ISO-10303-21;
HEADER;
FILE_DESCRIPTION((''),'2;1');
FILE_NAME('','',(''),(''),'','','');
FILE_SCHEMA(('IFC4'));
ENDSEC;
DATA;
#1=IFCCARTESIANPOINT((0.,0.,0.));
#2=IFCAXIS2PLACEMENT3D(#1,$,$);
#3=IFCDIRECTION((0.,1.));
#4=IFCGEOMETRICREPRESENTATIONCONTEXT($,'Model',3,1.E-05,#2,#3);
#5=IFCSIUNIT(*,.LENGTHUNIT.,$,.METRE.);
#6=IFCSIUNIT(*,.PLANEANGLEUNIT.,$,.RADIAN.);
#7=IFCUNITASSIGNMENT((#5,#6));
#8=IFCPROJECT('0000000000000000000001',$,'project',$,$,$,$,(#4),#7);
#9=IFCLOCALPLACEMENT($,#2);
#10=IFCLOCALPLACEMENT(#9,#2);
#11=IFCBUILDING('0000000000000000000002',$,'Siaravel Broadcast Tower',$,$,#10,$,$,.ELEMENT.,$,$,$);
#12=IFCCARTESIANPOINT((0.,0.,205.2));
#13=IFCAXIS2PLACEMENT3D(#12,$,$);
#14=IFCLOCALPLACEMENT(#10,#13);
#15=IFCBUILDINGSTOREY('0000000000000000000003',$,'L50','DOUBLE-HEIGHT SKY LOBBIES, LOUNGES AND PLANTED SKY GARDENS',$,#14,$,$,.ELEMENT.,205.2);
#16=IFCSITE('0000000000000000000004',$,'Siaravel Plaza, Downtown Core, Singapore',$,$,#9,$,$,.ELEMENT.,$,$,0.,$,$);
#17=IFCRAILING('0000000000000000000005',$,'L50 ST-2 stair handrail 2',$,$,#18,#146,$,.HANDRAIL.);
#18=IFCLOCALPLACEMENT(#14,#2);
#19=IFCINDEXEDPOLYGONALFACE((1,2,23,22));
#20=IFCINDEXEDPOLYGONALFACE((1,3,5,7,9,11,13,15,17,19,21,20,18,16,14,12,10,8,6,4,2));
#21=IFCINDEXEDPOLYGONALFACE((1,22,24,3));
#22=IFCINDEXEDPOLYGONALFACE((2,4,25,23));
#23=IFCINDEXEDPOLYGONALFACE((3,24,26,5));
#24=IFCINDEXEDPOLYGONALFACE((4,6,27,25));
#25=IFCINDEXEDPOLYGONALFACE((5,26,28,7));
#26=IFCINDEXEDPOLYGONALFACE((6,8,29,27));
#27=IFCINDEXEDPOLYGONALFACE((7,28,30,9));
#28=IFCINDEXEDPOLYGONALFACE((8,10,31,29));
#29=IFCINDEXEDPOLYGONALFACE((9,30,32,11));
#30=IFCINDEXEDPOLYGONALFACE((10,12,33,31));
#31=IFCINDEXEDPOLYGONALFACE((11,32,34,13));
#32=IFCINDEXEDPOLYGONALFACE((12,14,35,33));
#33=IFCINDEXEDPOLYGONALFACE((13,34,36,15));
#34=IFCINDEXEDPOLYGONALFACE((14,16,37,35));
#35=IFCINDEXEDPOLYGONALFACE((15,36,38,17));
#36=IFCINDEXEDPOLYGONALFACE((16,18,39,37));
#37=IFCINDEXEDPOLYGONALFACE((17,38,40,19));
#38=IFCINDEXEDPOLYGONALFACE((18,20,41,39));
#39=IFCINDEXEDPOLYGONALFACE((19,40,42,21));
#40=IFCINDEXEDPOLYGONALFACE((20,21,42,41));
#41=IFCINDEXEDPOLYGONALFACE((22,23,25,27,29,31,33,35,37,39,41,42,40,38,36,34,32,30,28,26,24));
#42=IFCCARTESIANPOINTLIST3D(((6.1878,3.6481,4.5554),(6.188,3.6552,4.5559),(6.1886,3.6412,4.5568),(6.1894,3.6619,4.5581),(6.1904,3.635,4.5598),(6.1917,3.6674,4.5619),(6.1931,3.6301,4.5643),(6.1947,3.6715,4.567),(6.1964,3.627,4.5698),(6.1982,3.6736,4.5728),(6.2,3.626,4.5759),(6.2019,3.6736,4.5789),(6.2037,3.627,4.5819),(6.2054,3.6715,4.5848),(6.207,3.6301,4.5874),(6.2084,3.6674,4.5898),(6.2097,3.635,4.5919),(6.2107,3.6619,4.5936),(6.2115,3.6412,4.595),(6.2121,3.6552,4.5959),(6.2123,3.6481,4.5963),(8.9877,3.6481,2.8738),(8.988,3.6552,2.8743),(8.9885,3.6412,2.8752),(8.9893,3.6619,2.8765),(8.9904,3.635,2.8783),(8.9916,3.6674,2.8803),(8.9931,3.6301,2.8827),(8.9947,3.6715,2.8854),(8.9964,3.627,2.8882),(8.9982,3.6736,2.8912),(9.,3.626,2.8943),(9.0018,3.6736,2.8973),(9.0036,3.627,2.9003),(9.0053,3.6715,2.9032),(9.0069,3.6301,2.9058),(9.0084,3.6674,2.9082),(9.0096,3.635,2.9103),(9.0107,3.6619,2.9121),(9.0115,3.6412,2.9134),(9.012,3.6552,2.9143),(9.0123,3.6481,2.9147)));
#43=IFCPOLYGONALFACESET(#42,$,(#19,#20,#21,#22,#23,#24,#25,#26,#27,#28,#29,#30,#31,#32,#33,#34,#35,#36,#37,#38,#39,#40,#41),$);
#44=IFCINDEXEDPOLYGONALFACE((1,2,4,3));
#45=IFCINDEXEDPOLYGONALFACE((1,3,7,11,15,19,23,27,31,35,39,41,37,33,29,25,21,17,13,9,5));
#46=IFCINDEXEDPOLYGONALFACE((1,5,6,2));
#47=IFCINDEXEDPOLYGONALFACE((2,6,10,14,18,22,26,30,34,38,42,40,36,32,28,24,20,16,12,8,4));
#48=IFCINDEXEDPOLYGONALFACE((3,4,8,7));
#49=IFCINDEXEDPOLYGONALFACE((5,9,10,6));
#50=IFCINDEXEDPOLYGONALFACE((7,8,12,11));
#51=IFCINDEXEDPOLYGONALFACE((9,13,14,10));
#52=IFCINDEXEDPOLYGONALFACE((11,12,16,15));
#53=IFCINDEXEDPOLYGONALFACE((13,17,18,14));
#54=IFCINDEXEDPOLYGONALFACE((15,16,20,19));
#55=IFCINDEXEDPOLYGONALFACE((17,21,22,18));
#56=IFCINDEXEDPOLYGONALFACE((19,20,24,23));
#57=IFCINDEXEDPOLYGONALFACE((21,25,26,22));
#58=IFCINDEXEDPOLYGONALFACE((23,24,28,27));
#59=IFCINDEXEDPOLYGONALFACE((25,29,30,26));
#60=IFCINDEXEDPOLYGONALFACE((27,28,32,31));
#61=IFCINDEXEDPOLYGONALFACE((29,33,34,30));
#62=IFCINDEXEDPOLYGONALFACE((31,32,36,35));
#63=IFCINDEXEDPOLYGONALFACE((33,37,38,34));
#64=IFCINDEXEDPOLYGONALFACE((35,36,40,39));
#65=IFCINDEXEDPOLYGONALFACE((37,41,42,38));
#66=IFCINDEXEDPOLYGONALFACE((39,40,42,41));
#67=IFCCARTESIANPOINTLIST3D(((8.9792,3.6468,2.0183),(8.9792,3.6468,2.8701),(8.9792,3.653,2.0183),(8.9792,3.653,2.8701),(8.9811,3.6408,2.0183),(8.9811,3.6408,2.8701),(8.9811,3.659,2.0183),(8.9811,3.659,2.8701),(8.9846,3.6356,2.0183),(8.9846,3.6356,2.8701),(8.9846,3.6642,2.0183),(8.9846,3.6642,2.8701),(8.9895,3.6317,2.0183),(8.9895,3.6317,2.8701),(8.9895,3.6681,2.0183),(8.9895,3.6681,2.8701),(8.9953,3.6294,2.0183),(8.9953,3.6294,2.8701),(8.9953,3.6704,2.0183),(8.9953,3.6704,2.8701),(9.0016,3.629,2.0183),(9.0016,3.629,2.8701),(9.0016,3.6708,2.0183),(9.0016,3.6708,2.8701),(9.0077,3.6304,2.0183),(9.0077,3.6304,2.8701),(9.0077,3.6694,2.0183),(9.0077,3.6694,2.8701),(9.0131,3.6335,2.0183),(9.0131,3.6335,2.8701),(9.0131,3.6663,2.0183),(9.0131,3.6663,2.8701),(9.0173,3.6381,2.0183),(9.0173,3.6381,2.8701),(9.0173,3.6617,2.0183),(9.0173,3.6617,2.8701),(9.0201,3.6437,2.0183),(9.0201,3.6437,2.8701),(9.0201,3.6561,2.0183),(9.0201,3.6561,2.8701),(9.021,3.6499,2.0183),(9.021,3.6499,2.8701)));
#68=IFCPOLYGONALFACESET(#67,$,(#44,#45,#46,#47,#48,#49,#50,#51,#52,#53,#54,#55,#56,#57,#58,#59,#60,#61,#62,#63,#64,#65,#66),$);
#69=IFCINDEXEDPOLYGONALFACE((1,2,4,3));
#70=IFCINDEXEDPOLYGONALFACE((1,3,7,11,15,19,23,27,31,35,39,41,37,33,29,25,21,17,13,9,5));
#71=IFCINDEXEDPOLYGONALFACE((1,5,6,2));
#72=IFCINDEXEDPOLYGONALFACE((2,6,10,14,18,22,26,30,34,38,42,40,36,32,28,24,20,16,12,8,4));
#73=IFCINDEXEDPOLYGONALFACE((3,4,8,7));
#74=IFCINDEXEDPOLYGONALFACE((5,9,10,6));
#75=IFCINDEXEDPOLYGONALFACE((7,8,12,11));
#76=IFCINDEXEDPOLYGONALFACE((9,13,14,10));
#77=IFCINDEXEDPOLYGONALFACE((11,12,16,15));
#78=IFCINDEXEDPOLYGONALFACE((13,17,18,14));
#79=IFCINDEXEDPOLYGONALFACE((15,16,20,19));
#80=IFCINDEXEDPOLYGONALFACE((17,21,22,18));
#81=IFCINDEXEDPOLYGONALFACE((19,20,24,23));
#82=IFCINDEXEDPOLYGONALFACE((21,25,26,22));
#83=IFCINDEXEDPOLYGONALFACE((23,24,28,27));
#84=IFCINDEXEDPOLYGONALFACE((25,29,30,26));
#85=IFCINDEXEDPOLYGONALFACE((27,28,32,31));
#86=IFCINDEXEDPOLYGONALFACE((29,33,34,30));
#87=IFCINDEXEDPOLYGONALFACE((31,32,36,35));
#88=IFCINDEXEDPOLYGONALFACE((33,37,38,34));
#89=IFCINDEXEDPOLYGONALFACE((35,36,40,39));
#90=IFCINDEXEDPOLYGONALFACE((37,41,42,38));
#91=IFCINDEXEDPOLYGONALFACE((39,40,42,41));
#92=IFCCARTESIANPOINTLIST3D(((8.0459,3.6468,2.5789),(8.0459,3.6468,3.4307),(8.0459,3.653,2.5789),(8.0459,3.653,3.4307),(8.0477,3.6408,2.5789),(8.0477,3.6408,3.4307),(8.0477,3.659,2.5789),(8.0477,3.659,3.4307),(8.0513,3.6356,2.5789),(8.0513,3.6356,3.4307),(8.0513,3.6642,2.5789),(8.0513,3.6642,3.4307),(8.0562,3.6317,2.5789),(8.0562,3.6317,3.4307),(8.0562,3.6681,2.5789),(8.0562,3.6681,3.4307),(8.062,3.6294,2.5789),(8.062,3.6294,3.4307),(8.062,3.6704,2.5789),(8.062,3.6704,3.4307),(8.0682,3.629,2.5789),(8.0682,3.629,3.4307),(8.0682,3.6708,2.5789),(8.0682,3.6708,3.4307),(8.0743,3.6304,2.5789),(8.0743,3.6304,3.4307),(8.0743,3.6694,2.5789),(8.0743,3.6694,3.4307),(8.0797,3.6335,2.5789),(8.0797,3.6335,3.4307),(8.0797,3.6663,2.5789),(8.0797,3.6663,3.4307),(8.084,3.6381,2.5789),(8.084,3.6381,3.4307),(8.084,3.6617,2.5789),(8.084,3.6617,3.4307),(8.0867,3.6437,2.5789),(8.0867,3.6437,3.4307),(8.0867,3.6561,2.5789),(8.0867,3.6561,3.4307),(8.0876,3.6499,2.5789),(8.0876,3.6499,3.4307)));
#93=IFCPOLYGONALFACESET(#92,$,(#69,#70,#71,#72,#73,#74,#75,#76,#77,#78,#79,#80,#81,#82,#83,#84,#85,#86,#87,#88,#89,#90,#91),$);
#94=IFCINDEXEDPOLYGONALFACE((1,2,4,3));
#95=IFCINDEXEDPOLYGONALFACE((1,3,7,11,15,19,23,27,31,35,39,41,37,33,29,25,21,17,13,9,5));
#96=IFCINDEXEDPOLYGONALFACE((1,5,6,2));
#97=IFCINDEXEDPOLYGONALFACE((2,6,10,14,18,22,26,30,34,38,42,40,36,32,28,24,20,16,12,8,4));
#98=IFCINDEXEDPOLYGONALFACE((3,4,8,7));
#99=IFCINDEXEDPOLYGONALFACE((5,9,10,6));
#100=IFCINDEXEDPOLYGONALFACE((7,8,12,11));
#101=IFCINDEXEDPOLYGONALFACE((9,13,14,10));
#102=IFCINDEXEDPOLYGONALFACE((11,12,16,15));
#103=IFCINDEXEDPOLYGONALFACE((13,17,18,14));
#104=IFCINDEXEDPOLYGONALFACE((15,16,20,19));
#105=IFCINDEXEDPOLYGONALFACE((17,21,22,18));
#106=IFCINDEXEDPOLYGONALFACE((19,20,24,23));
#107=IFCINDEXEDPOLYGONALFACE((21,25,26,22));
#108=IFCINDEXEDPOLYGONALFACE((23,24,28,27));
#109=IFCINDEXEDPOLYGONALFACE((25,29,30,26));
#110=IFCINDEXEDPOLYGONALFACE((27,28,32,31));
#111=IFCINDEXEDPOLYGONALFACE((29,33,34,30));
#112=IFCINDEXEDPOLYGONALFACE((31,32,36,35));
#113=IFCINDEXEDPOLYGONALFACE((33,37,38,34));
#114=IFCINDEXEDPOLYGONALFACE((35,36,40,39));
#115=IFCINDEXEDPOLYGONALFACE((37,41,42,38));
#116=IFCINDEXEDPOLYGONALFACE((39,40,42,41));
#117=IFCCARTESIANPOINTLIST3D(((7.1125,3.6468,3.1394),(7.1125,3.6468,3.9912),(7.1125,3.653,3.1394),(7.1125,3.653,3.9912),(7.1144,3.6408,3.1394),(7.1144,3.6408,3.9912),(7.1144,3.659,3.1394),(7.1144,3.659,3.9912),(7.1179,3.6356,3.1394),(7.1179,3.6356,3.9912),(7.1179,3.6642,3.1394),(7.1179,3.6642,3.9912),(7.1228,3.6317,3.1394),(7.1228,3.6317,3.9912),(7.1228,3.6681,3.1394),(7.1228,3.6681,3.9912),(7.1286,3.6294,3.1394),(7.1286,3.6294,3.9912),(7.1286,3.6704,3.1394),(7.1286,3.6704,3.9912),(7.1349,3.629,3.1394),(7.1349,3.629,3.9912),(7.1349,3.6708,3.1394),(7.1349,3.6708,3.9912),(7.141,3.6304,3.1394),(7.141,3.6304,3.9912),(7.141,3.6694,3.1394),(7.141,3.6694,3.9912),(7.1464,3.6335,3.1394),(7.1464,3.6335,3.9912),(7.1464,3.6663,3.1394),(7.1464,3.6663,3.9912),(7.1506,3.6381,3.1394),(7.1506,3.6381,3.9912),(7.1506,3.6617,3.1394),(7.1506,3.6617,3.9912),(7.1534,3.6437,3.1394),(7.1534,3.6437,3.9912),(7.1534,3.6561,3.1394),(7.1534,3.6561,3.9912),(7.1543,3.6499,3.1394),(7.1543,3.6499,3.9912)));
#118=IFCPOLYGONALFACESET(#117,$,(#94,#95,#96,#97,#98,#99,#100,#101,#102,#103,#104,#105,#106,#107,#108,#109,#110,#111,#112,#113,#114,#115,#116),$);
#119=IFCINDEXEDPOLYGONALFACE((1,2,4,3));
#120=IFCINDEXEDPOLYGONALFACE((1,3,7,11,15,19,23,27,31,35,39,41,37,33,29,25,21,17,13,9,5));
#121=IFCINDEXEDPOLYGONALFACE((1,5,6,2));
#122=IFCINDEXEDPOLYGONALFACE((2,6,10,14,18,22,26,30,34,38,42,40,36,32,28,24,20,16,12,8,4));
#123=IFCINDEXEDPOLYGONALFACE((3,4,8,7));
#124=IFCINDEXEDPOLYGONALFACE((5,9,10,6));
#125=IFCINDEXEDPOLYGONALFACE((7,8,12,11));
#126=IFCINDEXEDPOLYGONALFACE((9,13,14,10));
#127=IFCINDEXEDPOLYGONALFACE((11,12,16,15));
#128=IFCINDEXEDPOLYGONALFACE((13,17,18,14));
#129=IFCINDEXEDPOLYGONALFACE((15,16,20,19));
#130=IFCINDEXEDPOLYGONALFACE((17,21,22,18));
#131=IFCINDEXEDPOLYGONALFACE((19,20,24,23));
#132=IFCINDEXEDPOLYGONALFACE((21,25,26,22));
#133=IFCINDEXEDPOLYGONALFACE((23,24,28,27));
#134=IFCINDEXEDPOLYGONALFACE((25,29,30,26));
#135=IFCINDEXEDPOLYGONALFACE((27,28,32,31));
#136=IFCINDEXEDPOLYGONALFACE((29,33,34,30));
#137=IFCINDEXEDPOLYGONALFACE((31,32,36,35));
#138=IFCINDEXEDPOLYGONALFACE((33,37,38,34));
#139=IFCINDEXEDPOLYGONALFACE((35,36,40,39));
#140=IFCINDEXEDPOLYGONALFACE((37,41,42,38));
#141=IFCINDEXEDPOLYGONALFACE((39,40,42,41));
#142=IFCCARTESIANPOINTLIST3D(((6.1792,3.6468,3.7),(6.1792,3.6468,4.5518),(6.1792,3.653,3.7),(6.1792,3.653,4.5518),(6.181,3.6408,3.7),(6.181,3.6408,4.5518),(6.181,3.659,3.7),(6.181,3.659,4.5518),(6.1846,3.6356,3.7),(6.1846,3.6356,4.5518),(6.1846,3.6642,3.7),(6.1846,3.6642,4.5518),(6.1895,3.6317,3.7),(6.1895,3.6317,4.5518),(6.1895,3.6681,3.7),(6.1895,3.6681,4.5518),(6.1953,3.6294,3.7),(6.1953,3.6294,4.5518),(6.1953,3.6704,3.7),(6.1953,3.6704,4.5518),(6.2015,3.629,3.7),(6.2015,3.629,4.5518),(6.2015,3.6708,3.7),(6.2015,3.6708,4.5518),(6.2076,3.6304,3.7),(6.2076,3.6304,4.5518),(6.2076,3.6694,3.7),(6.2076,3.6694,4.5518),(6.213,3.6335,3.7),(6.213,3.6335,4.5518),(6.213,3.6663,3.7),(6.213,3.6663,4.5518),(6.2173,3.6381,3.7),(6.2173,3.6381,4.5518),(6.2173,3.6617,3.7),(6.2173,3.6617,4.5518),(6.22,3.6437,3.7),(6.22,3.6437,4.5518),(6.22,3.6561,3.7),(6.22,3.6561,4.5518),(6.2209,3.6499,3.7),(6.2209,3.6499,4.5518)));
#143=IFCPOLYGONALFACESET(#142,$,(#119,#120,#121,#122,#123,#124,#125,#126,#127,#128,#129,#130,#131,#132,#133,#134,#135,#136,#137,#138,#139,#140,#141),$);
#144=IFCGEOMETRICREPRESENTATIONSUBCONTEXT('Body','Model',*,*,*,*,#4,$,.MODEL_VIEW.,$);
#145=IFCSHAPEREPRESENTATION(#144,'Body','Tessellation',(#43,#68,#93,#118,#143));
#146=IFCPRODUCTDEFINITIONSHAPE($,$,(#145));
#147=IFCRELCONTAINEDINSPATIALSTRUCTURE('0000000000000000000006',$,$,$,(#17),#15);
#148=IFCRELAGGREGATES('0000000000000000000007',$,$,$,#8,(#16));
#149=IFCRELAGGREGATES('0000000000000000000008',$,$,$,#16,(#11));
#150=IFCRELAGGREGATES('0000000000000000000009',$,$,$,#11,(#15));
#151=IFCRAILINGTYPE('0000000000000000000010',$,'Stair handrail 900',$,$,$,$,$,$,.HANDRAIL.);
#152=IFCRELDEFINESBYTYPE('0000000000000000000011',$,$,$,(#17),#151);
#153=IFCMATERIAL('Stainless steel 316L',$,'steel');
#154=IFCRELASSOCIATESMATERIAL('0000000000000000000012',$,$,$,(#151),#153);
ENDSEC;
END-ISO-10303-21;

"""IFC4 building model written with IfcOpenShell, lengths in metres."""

from ifc_helpers import new_model, si_unit, direction, frame, origin, origin_2d, place, context, subcontext, project, spatial, circle, extrude, material, type_object, element, save


model = new_model("IFC4")

# Units and contexts
model_context = context("Model", 3, precision=1e-05, world=origin(), true_north=direction((0.0, 1.0)))
body_context = subcontext(model_context, "Body", "Model", "MODEL_VIEW")
ifc_project = project(units=[si_unit("LENGTHUNIT", "METRE"), si_unit("PLANEANGLEUNIT", "RADIAN")], contexts=[model_context])

# Site, building, storey
site_placement = place(None, origin())
site = spatial("IfcSite", under=ifc_project, at=site_placement, Name="Siaravel Plaza, Downtown Core, Singapore", CompositionType="ELEMENT", RefElevation=0.0)
building_placement = place(site_placement, origin())
building = spatial("IfcBuilding", under=site, at=building_placement, Name="Siaravel Broadcast Tower", CompositionType="ELEMENT")
storey_placement = place(building_placement, frame((0.0, 0.0, 205.2)))
storey = spatial("IfcBuildingStorey", under=building, at=storey_placement, Name="L50", Description="DOUBLE-HEIGHT SKY LOBBIES, LOUNGES AND PLANTED SKY GARDENS", CompositionType="ELEMENT", Elevation=205.2)

# Railing
ifc_material_1 = material(Name="Stainless steel 316L", Category="steel")
railing_type_1 = type_object("IfcRailingType", Name="Stair handrail 900", PredefinedType="HANDRAIL", material=ifc_material_1)
railing_1_placement = place(storey_placement, frame((9.0, 3.6499, 2.0183)))
element("IfcRailing", 1, at=railing_1_placement, inside=storey, type_object=railing_type_1, Name="L50 ST-2 stair handrail 2", PredefinedType="HANDRAIL", context=body_context, shape_type="SweptSolid", body=[
    extrude(circle(Radius=0.0239, at=origin_2d()), frame((0.0, 0.0, 0.876), z_axis=(-0.857275, 0.0, 0.514858), x_axis=(0.0, -1.0, 0.0)), (0.0, 0.0, 1.0), 3.2661),
    extrude(circle(Radius=0.021, at=origin_2d()), origin(), (0.0, 0.0, 1.0), 0.8518),
    extrude(circle(Radius=0.021, at=origin_2d()), frame((-0.9333, 0.0, 0.5605)), (0.0, 0.0, 1.0), 0.8518),
    extrude(circle(Radius=0.021, at=origin_2d()), frame((-1.8667, 0.0, 1.1211)), (0.0, 0.0, 1.0), 0.8518),
    extrude(circle(Radius=0.021, at=origin_2d()), frame((-2.8, 0.0, 1.6816)), (0.0, 0.0, 1.0), 0.8518),
])

save(model, "model.ifc")
